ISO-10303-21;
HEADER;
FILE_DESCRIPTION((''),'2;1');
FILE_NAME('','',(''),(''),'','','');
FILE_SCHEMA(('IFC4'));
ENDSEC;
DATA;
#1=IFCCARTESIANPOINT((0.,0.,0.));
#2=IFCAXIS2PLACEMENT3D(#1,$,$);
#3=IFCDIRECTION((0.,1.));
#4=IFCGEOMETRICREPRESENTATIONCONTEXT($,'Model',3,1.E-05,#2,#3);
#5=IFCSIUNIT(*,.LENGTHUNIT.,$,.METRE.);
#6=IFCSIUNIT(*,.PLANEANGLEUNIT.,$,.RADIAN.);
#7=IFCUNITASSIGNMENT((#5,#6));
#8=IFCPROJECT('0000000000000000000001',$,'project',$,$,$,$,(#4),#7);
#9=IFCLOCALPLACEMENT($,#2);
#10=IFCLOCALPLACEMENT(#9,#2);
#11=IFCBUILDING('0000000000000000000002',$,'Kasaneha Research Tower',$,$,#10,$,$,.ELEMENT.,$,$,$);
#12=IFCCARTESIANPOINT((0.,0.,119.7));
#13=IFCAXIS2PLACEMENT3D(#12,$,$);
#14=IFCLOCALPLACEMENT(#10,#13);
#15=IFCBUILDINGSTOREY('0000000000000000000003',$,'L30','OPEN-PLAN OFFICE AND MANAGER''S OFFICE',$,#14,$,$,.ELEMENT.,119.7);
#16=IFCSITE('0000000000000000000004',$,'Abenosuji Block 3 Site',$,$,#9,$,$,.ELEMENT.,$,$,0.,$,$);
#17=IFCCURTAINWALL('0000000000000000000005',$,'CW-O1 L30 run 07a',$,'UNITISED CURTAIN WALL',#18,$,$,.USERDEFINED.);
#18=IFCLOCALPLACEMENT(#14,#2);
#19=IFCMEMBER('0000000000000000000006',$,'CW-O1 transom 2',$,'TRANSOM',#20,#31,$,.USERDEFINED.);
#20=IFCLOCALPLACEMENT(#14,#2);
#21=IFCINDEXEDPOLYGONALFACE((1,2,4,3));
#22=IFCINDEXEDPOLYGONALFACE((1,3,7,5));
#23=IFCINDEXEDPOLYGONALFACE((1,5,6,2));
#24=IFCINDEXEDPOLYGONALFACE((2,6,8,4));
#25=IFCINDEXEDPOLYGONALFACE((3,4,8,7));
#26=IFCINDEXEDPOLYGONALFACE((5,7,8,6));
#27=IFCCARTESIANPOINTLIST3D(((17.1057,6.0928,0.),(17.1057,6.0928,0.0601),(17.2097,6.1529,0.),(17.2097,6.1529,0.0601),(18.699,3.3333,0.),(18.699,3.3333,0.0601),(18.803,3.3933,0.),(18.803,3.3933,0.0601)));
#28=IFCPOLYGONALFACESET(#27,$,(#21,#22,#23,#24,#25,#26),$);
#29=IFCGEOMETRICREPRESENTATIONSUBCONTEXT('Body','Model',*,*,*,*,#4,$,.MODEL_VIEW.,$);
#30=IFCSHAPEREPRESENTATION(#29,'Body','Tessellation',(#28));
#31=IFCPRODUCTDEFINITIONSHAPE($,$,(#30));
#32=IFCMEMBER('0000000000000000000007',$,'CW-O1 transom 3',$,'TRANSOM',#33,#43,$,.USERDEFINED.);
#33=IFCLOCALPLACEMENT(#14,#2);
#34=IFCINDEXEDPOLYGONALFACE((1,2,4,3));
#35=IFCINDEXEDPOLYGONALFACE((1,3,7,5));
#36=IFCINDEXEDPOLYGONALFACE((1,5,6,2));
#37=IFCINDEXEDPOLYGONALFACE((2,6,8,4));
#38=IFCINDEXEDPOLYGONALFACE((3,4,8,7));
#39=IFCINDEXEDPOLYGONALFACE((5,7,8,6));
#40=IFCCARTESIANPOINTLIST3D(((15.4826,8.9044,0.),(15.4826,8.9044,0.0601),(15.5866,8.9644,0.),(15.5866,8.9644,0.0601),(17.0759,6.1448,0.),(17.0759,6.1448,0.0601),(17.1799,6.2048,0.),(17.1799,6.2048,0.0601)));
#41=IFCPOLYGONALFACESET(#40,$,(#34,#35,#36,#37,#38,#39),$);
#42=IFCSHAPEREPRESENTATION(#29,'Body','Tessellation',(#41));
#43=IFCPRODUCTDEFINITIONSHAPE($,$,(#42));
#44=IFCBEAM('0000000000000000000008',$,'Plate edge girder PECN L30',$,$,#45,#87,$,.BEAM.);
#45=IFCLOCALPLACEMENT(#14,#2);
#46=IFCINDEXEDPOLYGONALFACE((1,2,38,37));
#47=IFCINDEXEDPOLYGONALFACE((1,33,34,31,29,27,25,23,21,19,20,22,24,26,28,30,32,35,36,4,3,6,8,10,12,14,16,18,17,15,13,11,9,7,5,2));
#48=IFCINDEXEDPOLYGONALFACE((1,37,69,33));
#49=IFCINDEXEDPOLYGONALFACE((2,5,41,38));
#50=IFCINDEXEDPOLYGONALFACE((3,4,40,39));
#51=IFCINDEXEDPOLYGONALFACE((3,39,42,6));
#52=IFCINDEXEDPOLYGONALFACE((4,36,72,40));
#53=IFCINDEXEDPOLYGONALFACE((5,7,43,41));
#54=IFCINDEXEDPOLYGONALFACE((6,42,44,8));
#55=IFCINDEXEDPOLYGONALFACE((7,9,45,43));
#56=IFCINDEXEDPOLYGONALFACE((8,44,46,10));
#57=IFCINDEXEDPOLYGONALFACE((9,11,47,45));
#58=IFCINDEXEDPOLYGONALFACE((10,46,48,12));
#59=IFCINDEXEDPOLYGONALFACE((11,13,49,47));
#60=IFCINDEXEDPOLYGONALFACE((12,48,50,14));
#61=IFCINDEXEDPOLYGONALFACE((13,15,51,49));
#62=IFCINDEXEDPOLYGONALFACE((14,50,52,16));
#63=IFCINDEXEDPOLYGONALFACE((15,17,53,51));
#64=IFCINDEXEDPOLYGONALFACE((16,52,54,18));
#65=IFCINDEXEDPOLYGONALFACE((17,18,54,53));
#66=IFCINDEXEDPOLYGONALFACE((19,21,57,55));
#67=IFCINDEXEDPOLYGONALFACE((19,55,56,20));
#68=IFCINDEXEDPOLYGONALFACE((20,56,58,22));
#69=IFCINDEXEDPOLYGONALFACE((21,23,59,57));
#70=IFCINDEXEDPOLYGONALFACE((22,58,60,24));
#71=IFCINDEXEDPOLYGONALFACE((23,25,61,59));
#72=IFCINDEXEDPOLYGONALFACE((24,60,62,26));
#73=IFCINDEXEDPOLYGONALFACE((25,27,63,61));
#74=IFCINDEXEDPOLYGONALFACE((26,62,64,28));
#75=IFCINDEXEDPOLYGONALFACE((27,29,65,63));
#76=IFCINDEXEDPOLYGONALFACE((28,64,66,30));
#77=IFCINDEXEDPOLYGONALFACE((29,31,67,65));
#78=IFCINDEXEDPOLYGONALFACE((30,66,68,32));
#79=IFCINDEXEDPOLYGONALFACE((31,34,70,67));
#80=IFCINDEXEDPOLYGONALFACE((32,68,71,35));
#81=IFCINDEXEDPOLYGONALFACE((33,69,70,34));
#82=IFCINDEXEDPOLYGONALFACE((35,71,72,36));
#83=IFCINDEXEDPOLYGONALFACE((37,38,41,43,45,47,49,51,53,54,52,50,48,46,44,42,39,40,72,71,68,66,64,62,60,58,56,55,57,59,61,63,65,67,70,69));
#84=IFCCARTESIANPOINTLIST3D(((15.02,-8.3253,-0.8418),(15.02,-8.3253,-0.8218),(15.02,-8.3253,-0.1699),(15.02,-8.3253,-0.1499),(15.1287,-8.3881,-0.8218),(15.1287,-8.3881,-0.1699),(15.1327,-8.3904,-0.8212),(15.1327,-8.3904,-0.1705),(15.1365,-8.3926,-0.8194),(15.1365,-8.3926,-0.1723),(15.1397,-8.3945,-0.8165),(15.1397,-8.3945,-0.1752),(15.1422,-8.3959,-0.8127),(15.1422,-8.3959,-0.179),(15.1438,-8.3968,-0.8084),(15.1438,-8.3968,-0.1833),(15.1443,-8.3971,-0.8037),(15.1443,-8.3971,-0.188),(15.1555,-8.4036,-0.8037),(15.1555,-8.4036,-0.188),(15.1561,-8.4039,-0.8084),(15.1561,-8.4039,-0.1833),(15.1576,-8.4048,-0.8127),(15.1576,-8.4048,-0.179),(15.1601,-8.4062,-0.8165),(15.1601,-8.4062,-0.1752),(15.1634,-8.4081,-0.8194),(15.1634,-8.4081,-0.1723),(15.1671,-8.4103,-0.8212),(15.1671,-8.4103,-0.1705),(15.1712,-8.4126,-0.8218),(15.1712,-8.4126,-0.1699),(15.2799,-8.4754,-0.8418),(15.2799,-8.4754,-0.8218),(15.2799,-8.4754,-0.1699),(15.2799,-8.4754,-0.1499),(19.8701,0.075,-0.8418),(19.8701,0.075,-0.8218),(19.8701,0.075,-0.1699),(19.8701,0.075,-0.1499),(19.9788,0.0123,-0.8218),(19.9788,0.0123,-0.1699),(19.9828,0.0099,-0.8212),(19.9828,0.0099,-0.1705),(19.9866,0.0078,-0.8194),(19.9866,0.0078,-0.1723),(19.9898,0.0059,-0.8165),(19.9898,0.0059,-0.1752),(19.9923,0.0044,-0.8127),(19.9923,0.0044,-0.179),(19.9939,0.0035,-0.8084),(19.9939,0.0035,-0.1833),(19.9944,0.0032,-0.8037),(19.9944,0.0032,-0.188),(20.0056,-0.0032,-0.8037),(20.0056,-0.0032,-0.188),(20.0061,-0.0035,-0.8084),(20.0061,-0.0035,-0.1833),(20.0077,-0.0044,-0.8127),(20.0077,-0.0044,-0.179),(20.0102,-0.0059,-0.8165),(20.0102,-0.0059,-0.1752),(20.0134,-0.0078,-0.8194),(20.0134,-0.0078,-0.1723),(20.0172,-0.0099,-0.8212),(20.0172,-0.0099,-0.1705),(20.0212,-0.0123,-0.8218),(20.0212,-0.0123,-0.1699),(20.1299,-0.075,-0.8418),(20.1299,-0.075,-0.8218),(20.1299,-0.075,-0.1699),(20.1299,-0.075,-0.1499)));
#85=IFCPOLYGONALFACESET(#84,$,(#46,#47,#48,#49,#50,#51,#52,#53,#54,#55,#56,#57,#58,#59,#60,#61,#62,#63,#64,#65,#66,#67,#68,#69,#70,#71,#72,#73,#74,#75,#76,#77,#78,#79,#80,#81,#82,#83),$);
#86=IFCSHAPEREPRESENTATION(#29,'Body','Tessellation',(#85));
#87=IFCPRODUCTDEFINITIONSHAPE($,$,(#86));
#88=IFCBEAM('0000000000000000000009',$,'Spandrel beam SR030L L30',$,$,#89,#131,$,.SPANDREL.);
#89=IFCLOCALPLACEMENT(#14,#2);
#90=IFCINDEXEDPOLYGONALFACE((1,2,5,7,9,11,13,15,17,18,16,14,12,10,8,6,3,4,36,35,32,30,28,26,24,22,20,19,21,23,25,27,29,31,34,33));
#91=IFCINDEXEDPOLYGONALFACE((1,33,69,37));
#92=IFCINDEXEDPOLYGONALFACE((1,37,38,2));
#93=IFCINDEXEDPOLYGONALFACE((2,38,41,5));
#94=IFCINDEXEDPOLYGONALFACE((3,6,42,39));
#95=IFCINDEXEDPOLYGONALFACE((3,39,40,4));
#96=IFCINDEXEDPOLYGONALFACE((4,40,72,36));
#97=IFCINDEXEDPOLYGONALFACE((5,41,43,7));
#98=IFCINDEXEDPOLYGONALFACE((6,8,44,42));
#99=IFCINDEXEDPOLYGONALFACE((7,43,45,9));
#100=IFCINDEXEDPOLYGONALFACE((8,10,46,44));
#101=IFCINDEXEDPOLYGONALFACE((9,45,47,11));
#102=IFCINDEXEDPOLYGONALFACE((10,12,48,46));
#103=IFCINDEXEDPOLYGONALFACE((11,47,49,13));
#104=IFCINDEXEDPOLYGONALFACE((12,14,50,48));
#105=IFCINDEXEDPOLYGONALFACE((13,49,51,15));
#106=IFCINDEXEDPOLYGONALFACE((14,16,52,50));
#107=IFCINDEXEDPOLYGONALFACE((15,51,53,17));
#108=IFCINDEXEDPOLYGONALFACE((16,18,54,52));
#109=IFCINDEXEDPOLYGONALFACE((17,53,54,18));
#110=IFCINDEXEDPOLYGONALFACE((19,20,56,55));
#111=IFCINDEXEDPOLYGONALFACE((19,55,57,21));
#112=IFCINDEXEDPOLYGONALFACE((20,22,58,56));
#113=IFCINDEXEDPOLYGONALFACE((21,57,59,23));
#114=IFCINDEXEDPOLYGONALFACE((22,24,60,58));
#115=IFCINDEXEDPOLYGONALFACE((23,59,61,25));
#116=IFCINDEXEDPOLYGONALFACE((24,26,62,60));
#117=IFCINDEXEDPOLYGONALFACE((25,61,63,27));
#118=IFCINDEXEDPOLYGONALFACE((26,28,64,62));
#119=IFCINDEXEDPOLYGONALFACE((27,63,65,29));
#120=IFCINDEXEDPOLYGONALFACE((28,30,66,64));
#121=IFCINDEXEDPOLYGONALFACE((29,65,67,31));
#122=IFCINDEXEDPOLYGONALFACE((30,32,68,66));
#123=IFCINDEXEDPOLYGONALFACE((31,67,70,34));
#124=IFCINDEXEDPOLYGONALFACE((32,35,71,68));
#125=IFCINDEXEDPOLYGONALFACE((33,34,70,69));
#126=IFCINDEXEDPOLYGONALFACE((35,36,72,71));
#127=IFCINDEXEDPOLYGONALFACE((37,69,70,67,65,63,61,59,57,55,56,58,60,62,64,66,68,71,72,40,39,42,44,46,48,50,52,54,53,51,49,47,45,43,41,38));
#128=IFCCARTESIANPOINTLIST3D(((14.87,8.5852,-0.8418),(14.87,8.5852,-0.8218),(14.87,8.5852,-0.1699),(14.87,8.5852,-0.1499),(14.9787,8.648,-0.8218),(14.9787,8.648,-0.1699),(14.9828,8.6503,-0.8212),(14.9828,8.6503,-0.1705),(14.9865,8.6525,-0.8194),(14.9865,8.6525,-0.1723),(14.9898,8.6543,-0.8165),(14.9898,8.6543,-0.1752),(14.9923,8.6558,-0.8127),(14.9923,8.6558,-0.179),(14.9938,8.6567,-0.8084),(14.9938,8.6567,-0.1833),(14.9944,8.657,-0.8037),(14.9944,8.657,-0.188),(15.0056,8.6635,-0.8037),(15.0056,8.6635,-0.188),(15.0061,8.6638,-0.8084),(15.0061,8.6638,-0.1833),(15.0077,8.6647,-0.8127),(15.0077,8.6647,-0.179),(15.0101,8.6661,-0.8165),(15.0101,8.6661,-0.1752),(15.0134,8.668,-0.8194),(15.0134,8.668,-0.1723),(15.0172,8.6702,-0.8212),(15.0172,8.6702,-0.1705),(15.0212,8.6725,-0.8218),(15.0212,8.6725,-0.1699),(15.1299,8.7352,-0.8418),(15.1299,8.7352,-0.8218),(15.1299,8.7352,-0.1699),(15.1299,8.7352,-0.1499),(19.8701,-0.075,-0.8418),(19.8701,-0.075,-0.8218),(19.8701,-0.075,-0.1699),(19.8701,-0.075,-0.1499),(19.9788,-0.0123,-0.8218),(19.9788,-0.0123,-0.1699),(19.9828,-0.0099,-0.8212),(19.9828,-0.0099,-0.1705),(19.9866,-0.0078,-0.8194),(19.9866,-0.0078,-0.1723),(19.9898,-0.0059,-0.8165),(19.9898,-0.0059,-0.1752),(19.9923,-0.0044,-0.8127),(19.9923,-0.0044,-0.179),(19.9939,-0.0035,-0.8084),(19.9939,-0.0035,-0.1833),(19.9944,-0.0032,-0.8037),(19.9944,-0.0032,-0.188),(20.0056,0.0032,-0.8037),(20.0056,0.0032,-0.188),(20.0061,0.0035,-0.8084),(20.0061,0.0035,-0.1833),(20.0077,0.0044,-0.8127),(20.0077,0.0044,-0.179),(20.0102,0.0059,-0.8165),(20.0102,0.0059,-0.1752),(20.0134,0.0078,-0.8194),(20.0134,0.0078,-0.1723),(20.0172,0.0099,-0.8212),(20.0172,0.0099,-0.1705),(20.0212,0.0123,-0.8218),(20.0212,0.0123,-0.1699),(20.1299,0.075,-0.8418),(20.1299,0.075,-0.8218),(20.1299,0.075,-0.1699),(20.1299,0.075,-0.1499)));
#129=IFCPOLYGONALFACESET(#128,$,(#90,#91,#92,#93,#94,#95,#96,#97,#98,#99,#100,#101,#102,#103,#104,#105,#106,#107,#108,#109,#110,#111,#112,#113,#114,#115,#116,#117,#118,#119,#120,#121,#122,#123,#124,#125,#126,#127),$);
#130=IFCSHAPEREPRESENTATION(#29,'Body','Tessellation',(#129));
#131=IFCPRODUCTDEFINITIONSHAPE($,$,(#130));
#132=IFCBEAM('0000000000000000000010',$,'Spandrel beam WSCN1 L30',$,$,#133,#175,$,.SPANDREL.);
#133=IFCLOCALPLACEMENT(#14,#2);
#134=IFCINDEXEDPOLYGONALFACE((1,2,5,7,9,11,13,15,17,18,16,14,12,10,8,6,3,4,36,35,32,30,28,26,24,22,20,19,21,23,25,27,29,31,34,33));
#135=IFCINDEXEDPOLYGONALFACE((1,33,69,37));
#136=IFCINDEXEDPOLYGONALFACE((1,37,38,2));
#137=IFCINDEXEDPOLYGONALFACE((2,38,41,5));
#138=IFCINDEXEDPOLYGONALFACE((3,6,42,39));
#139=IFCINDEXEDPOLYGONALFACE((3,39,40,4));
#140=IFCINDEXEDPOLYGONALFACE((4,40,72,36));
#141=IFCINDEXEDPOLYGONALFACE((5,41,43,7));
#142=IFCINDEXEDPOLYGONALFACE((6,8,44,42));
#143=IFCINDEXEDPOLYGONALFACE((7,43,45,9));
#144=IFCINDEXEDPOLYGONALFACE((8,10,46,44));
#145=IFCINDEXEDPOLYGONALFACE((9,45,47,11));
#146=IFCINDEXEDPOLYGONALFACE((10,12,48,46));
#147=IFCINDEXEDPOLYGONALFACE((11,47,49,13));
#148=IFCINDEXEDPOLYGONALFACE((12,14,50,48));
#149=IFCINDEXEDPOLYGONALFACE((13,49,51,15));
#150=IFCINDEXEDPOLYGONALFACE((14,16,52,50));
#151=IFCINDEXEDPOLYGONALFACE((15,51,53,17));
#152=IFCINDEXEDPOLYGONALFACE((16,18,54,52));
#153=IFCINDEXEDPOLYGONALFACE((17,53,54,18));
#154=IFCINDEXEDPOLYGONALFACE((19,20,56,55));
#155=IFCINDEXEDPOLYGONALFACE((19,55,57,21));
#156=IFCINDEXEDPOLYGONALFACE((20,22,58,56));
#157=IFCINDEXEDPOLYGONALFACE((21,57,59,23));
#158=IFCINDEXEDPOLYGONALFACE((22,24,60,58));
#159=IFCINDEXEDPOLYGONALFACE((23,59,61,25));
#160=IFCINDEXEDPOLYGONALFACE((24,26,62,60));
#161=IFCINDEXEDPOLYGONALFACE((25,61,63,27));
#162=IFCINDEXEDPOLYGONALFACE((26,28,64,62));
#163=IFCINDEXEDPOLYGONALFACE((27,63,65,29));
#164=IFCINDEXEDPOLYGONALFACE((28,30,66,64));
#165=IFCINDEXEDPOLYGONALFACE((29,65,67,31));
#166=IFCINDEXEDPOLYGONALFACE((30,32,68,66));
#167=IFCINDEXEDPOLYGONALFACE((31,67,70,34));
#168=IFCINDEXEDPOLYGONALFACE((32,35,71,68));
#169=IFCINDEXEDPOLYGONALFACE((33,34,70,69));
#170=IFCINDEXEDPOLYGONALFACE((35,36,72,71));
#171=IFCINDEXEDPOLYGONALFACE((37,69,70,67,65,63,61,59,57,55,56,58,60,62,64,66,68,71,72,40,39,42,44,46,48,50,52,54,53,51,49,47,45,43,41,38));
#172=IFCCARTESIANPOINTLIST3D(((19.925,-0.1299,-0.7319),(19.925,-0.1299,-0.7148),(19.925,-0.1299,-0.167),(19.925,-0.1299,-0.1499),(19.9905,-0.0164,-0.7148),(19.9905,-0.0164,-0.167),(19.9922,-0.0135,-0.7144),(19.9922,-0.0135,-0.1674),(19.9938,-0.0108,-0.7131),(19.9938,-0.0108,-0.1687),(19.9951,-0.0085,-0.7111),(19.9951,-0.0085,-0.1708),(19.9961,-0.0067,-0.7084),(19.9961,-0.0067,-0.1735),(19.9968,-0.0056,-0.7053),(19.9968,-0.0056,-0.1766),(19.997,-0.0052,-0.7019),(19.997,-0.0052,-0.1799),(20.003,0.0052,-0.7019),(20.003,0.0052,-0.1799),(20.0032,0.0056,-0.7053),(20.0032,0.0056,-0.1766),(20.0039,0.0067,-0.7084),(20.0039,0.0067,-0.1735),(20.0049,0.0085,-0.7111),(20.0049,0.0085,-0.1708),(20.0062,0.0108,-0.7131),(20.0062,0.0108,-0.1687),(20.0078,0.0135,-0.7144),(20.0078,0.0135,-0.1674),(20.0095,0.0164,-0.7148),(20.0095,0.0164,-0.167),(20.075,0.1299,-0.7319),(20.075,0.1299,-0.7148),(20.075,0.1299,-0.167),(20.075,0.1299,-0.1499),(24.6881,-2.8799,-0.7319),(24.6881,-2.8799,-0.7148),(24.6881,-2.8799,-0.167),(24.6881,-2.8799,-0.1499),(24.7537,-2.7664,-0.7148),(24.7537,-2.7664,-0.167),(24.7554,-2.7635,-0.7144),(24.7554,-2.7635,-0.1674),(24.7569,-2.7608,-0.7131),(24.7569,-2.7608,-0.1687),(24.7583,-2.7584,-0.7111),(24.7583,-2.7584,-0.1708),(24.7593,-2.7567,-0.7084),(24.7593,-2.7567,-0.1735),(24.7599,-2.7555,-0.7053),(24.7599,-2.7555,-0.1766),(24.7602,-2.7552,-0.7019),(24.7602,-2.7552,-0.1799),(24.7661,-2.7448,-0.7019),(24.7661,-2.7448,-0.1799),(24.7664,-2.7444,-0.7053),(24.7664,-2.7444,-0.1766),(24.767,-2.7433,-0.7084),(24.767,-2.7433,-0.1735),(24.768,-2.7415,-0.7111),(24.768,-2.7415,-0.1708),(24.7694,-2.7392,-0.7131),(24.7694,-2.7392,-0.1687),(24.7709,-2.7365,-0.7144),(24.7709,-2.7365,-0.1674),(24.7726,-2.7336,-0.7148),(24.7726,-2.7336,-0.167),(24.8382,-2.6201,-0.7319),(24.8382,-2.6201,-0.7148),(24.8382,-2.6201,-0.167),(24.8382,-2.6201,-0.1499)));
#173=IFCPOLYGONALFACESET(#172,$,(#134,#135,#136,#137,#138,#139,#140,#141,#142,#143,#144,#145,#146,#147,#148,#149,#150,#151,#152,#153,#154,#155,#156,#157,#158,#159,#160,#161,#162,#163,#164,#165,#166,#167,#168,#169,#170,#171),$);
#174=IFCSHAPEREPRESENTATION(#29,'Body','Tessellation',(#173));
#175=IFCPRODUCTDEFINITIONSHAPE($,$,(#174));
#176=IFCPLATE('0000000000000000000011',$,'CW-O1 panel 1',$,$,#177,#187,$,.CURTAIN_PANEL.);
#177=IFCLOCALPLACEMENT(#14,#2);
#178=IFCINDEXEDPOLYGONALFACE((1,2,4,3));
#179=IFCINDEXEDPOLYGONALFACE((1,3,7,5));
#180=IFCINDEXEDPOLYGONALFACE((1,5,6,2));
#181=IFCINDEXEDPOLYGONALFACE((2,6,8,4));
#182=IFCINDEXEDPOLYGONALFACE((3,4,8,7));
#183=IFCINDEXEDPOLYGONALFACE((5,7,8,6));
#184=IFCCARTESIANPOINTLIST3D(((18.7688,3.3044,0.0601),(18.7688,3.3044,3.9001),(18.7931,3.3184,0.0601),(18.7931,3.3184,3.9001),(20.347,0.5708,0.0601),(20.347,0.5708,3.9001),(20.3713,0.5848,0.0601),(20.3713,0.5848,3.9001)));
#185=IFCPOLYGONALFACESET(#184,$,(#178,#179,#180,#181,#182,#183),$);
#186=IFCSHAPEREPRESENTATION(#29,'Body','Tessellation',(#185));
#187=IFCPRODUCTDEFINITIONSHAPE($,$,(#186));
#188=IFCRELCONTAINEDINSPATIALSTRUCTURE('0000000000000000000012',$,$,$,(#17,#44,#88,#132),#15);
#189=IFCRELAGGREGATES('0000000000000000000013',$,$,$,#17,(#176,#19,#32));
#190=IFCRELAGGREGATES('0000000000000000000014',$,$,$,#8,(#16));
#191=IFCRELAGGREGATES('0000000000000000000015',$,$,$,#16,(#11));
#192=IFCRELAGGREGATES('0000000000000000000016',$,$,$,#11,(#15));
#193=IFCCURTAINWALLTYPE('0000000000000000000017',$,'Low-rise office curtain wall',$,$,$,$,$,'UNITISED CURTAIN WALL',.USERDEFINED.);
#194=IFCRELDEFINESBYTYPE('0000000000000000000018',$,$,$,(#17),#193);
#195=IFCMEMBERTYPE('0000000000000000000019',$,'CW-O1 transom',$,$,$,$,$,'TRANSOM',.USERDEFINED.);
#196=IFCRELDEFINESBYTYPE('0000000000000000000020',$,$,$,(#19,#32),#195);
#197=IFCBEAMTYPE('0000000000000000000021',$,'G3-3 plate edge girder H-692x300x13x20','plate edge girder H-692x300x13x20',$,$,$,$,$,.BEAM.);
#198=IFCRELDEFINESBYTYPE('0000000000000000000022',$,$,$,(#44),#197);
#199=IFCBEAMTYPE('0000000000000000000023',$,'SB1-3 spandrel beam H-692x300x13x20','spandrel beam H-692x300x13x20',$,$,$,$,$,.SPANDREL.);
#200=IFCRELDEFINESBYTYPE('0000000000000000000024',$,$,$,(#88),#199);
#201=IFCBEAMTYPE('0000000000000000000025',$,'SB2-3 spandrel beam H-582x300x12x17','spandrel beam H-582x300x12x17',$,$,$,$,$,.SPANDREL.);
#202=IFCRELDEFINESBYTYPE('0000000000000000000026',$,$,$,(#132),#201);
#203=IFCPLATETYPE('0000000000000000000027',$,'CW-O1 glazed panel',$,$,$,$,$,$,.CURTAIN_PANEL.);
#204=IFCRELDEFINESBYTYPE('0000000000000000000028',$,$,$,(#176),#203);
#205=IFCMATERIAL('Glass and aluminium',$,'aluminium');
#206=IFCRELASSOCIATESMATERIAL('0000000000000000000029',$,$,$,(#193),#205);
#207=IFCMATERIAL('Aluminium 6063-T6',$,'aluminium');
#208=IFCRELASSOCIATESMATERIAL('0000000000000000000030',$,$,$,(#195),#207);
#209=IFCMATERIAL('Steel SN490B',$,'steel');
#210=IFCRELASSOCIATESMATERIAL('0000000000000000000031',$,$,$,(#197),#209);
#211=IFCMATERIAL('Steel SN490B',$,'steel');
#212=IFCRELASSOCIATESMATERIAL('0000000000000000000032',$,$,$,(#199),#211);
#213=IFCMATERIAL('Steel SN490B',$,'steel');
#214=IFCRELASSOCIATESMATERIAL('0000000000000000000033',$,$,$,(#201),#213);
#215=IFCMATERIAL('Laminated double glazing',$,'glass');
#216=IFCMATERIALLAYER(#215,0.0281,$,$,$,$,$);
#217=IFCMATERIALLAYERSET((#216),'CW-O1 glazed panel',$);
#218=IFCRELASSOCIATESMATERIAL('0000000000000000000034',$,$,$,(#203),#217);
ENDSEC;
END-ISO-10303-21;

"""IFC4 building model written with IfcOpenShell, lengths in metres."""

from ifc_helpers import new_model, si_unit, direction, frame, origin, origin_2d, place, context, subcontext, project, spatial, rectangle, i_section, extrude, material, layer, layer_set, material_profile, profile_set, type_object, element, aggregate, save


model = new_model("IFC4")

# Units and contexts
model_context = context("Model", 3, precision=1e-05, world=origin(), true_north=direction((0.0, 1.0)))
body_context = subcontext(model_context, "Body", "Model", "MODEL_VIEW")
ifc_project = project(units=[si_unit("LENGTHUNIT", "METRE"), si_unit("PLANEANGLEUNIT", "RADIAN")], contexts=[model_context])

# Site, building, storey
site_placement = place(None, origin())
site = spatial("IfcSite", under=ifc_project, at=site_placement, Name="Abenosuji Block 3 Site", CompositionType="ELEMENT", RefElevation=0.0)
building_placement = place(site_placement, origin())
building = spatial("IfcBuilding", under=site, at=building_placement, Name="Kasaneha Research Tower", CompositionType="ELEMENT")
storey_placement = place(building_placement, frame((0.0, 0.0, 119.7)))
storey = spatial("IfcBuildingStorey", under=building, at=storey_placement, Name="L30", Description="OPEN-PLAN OFFICE AND MANAGER'S OFFICE", CompositionType="ELEMENT", Elevation=119.7)

# Shared definitions
ifc_material_1 = material(Name="Glass and aluminium", Category="aluminium")
curtain_wall_type = type_object("IfcCurtainWallType", Name="Low-rise office curtain wall", ElementType="UNITISED CURTAIN WALL", PredefinedType="USERDEFINED", material=ifc_material_1)

# Curtain wall, members
curtain_wall_1_placement = place(storey_placement, origin())
curtain_wall_1 = element("IfcCurtainWall", 1, at=curtain_wall_1_placement, inside=storey, type_object=curtain_wall_type, Name="CW-O1 L30 run 07a", ObjectType="UNITISED CURTAIN WALL", PredefinedType="USERDEFINED")
ifc_material_2 = material(Name="Aluminium 6063-T6", Category="aluminium")
ifc_material_profile_1 = material_profile(ifc_material_2, rectangle(XDim=0.1201, YDim=0.0601, at=origin_2d()), Name="CW-O1 transom 120x60")
ifc_profile_set_1 = profile_set([ifc_material_profile_1], Name="Aluminium 6063-T6")
member_type_1 = type_object("IfcMemberType", Name="CW-O1 transom", ElementType="TRANSOM", PredefinedType="USERDEFINED", material=ifc_profile_set_1)
member_1_placement = place(storey_placement, frame((18.751, 3.3633, 0.03), z_axis=(-0.500012, 0.866018, 0.0), x_axis=(-0.866018, -0.500012, 0.0)))
member_1 = element("IfcMember", 2, at=member_1_placement, type_object=member_type_1, Name="CW-O1 transom 2", ObjectType="TRANSOM", PredefinedType="USERDEFINED", context=body_context, shape_type="SweptSolid", body=[
    extrude(rectangle(XDim=0.1201, YDim=0.0601, at=origin_2d()), origin(), (0.0, 0.0, 1.0), 3.1865),
])
member_2_placement = place(storey_placement, frame((17.1279, 6.1748, 0.03), z_axis=(-0.500012, 0.866018, 0.0), x_axis=(-0.866018, -0.500012, 0.0)))
member_2 = element("IfcMember", 3, at=member_2_placement, type_object=member_type_1, Name="CW-O1 transom 3", ObjectType="TRANSOM", PredefinedType="USERDEFINED", context=body_context, shape_type="SweptSolid", body=[
    extrude(rectangle(XDim=0.1201, YDim=0.0601, at=origin_2d()), origin(), (0.0, 0.0, 1.0), 3.1865),
])

# Beams
ifc_material_3 = material(Name="Steel SN490B", Category="steel")
ifc_material_profile_2 = material_profile(ifc_material_3, i_section(OverallWidth=0.3, OverallDepth=0.6919, WebThickness=0.0129, FlangeThickness=0.02, FilletRadius=0.0181, at=origin_2d()), Name="H-692x300x13x20")
ifc_profile_set_2 = profile_set([ifc_material_profile_2], Name="Steel SN490B")
beam_type_1 = type_object("IfcBeamType", Name="G3-3 plate edge girder H-692x300x13x20", Description="plate edge girder H-692x300x13x20", PredefinedType="BEAM", material=ifc_profile_set_2)
beam_1_placement = place(storey_placement, frame((20.0, 0.0, -0.4958), z_axis=(-0.50001, -0.86602, 0.0), x_axis=(0.86602, -0.50001, 0.0)))
element("IfcBeam", 4, at=beam_1_placement, inside=storey, type_object=beam_type_1, Name="Plate edge girder PECN L30", PredefinedType="BEAM", context=body_context, shape_type="SweptSolid", body=[
    extrude(i_section(OverallWidth=0.3, OverallDepth=0.6919, WebThickness=0.0129, FlangeThickness=0.02, FilletRadius=0.0181, at=origin_2d()), origin(), (0.0, 0.0, 1.0), 9.7),
])
ifc_material_4 = material(Name="Steel SN490B", Category="steel")
ifc_material_profile_3 = material_profile(ifc_material_4, i_section(OverallWidth=0.3, OverallDepth=0.6919, WebThickness=0.0129, FlangeThickness=0.02, FilletRadius=0.0181, at=origin_2d()), Name="H-692x300x13x20")
ifc_profile_set_3 = profile_set([ifc_material_profile_3], Name="Steel SN490B")
beam_type_2 = type_object("IfcBeamType", Name="SB1-3 spandrel beam H-692x300x13x20", Description="spandrel beam H-692x300x13x20", PredefinedType="SPANDREL", material=ifc_profile_set_3)
beam_2_placement = place(storey_placement, frame((20.0, 0.0, -0.4958), z_axis=(-0.500004, 0.866023, 0.0), x_axis=(-0.866023, -0.500004, 0.0)))
element("IfcBeam", 5, at=beam_2_placement, inside=storey, type_object=beam_type_2, Name="Spandrel beam SR030L L30", PredefinedType="SPANDREL", context=body_context, shape_type="SweptSolid", body=[
    extrude(i_section(OverallWidth=0.3, OverallDepth=0.6919, WebThickness=0.0129, FlangeThickness=0.02, FilletRadius=0.0181, at=origin_2d()), origin(), (0.0, 0.0, 1.0), 10.0),
])
ifc_material_5 = material(Name="Steel SN490B", Category="steel")
ifc_material_profile_4 = material_profile(ifc_material_5, i_section(OverallWidth=0.3, OverallDepth=0.582, WebThickness=0.012, FlangeThickness=0.0171, FilletRadius=0.0129, at=origin_2d()), Name="H-582x300x12x17")
ifc_profile_set_4 = profile_set([ifc_material_profile_4], Name="Steel SN490B")
beam_type_3 = type_object("IfcBeamType", Name="SB2-3 spandrel beam H-582x300x12x17", Description="spandrel beam H-582x300x12x17", PredefinedType="SPANDREL", material=ifc_profile_set_4)
beam_3_placement = place(storey_placement, frame((20.0, 0.0, -0.4409), z_axis=(0.866027, -0.499997, 0.0), x_axis=(0.499997, 0.866027, 0.0)))
element("IfcBeam", 6, at=beam_3_placement, inside=storey, type_object=beam_type_3, Name="Spandrel beam WSCN1 L30", PredefinedType="SPANDREL", context=body_context, shape_type="SweptSolid", body=[
    extrude(i_section(OverallWidth=0.3, OverallDepth=0.582, WebThickness=0.012, FlangeThickness=0.0171, FilletRadius=0.0129, at=origin_2d()), origin(), (0.0, 0.0, 1.0), 5.5),
])

# Plate
ifc_material_6 = material(Name="Laminated double glazing", Category="glass")
ifc_layer = layer(ifc_material_6, 0.0281)
ifc_layer_set = layer_set([ifc_layer], Name="CW-O1 glazed panel")
plate_type = type_object("IfcPlateType", Name="CW-O1 glazed panel", PredefinedType="CURTAIN_PANEL", material=ifc_layer_set)
plate_1_placement = place(storey_placement, frame((19.5701, 1.9446, 0.0601), z_axis=(0.0, 0.0, 1.0), x_axis=(-0.5, 0.866025, 0.0)))
plate_1 = element("IfcPlate", 7, at=plate_1_placement, type_object=plate_type, Name="CW-O1 panel 1", PredefinedType="CURTAIN_PANEL", context=body_context, shape_type="SweptSolid", body=[
    extrude(rectangle(XDim=3.1565, YDim=0.0281, at=origin_2d()), origin(), (0.0, 0.0, 1.0), 3.8401),
])
aggregate(curtain_wall_1, [plate_1, member_1, member_2])

save(model, "model.ifc")
